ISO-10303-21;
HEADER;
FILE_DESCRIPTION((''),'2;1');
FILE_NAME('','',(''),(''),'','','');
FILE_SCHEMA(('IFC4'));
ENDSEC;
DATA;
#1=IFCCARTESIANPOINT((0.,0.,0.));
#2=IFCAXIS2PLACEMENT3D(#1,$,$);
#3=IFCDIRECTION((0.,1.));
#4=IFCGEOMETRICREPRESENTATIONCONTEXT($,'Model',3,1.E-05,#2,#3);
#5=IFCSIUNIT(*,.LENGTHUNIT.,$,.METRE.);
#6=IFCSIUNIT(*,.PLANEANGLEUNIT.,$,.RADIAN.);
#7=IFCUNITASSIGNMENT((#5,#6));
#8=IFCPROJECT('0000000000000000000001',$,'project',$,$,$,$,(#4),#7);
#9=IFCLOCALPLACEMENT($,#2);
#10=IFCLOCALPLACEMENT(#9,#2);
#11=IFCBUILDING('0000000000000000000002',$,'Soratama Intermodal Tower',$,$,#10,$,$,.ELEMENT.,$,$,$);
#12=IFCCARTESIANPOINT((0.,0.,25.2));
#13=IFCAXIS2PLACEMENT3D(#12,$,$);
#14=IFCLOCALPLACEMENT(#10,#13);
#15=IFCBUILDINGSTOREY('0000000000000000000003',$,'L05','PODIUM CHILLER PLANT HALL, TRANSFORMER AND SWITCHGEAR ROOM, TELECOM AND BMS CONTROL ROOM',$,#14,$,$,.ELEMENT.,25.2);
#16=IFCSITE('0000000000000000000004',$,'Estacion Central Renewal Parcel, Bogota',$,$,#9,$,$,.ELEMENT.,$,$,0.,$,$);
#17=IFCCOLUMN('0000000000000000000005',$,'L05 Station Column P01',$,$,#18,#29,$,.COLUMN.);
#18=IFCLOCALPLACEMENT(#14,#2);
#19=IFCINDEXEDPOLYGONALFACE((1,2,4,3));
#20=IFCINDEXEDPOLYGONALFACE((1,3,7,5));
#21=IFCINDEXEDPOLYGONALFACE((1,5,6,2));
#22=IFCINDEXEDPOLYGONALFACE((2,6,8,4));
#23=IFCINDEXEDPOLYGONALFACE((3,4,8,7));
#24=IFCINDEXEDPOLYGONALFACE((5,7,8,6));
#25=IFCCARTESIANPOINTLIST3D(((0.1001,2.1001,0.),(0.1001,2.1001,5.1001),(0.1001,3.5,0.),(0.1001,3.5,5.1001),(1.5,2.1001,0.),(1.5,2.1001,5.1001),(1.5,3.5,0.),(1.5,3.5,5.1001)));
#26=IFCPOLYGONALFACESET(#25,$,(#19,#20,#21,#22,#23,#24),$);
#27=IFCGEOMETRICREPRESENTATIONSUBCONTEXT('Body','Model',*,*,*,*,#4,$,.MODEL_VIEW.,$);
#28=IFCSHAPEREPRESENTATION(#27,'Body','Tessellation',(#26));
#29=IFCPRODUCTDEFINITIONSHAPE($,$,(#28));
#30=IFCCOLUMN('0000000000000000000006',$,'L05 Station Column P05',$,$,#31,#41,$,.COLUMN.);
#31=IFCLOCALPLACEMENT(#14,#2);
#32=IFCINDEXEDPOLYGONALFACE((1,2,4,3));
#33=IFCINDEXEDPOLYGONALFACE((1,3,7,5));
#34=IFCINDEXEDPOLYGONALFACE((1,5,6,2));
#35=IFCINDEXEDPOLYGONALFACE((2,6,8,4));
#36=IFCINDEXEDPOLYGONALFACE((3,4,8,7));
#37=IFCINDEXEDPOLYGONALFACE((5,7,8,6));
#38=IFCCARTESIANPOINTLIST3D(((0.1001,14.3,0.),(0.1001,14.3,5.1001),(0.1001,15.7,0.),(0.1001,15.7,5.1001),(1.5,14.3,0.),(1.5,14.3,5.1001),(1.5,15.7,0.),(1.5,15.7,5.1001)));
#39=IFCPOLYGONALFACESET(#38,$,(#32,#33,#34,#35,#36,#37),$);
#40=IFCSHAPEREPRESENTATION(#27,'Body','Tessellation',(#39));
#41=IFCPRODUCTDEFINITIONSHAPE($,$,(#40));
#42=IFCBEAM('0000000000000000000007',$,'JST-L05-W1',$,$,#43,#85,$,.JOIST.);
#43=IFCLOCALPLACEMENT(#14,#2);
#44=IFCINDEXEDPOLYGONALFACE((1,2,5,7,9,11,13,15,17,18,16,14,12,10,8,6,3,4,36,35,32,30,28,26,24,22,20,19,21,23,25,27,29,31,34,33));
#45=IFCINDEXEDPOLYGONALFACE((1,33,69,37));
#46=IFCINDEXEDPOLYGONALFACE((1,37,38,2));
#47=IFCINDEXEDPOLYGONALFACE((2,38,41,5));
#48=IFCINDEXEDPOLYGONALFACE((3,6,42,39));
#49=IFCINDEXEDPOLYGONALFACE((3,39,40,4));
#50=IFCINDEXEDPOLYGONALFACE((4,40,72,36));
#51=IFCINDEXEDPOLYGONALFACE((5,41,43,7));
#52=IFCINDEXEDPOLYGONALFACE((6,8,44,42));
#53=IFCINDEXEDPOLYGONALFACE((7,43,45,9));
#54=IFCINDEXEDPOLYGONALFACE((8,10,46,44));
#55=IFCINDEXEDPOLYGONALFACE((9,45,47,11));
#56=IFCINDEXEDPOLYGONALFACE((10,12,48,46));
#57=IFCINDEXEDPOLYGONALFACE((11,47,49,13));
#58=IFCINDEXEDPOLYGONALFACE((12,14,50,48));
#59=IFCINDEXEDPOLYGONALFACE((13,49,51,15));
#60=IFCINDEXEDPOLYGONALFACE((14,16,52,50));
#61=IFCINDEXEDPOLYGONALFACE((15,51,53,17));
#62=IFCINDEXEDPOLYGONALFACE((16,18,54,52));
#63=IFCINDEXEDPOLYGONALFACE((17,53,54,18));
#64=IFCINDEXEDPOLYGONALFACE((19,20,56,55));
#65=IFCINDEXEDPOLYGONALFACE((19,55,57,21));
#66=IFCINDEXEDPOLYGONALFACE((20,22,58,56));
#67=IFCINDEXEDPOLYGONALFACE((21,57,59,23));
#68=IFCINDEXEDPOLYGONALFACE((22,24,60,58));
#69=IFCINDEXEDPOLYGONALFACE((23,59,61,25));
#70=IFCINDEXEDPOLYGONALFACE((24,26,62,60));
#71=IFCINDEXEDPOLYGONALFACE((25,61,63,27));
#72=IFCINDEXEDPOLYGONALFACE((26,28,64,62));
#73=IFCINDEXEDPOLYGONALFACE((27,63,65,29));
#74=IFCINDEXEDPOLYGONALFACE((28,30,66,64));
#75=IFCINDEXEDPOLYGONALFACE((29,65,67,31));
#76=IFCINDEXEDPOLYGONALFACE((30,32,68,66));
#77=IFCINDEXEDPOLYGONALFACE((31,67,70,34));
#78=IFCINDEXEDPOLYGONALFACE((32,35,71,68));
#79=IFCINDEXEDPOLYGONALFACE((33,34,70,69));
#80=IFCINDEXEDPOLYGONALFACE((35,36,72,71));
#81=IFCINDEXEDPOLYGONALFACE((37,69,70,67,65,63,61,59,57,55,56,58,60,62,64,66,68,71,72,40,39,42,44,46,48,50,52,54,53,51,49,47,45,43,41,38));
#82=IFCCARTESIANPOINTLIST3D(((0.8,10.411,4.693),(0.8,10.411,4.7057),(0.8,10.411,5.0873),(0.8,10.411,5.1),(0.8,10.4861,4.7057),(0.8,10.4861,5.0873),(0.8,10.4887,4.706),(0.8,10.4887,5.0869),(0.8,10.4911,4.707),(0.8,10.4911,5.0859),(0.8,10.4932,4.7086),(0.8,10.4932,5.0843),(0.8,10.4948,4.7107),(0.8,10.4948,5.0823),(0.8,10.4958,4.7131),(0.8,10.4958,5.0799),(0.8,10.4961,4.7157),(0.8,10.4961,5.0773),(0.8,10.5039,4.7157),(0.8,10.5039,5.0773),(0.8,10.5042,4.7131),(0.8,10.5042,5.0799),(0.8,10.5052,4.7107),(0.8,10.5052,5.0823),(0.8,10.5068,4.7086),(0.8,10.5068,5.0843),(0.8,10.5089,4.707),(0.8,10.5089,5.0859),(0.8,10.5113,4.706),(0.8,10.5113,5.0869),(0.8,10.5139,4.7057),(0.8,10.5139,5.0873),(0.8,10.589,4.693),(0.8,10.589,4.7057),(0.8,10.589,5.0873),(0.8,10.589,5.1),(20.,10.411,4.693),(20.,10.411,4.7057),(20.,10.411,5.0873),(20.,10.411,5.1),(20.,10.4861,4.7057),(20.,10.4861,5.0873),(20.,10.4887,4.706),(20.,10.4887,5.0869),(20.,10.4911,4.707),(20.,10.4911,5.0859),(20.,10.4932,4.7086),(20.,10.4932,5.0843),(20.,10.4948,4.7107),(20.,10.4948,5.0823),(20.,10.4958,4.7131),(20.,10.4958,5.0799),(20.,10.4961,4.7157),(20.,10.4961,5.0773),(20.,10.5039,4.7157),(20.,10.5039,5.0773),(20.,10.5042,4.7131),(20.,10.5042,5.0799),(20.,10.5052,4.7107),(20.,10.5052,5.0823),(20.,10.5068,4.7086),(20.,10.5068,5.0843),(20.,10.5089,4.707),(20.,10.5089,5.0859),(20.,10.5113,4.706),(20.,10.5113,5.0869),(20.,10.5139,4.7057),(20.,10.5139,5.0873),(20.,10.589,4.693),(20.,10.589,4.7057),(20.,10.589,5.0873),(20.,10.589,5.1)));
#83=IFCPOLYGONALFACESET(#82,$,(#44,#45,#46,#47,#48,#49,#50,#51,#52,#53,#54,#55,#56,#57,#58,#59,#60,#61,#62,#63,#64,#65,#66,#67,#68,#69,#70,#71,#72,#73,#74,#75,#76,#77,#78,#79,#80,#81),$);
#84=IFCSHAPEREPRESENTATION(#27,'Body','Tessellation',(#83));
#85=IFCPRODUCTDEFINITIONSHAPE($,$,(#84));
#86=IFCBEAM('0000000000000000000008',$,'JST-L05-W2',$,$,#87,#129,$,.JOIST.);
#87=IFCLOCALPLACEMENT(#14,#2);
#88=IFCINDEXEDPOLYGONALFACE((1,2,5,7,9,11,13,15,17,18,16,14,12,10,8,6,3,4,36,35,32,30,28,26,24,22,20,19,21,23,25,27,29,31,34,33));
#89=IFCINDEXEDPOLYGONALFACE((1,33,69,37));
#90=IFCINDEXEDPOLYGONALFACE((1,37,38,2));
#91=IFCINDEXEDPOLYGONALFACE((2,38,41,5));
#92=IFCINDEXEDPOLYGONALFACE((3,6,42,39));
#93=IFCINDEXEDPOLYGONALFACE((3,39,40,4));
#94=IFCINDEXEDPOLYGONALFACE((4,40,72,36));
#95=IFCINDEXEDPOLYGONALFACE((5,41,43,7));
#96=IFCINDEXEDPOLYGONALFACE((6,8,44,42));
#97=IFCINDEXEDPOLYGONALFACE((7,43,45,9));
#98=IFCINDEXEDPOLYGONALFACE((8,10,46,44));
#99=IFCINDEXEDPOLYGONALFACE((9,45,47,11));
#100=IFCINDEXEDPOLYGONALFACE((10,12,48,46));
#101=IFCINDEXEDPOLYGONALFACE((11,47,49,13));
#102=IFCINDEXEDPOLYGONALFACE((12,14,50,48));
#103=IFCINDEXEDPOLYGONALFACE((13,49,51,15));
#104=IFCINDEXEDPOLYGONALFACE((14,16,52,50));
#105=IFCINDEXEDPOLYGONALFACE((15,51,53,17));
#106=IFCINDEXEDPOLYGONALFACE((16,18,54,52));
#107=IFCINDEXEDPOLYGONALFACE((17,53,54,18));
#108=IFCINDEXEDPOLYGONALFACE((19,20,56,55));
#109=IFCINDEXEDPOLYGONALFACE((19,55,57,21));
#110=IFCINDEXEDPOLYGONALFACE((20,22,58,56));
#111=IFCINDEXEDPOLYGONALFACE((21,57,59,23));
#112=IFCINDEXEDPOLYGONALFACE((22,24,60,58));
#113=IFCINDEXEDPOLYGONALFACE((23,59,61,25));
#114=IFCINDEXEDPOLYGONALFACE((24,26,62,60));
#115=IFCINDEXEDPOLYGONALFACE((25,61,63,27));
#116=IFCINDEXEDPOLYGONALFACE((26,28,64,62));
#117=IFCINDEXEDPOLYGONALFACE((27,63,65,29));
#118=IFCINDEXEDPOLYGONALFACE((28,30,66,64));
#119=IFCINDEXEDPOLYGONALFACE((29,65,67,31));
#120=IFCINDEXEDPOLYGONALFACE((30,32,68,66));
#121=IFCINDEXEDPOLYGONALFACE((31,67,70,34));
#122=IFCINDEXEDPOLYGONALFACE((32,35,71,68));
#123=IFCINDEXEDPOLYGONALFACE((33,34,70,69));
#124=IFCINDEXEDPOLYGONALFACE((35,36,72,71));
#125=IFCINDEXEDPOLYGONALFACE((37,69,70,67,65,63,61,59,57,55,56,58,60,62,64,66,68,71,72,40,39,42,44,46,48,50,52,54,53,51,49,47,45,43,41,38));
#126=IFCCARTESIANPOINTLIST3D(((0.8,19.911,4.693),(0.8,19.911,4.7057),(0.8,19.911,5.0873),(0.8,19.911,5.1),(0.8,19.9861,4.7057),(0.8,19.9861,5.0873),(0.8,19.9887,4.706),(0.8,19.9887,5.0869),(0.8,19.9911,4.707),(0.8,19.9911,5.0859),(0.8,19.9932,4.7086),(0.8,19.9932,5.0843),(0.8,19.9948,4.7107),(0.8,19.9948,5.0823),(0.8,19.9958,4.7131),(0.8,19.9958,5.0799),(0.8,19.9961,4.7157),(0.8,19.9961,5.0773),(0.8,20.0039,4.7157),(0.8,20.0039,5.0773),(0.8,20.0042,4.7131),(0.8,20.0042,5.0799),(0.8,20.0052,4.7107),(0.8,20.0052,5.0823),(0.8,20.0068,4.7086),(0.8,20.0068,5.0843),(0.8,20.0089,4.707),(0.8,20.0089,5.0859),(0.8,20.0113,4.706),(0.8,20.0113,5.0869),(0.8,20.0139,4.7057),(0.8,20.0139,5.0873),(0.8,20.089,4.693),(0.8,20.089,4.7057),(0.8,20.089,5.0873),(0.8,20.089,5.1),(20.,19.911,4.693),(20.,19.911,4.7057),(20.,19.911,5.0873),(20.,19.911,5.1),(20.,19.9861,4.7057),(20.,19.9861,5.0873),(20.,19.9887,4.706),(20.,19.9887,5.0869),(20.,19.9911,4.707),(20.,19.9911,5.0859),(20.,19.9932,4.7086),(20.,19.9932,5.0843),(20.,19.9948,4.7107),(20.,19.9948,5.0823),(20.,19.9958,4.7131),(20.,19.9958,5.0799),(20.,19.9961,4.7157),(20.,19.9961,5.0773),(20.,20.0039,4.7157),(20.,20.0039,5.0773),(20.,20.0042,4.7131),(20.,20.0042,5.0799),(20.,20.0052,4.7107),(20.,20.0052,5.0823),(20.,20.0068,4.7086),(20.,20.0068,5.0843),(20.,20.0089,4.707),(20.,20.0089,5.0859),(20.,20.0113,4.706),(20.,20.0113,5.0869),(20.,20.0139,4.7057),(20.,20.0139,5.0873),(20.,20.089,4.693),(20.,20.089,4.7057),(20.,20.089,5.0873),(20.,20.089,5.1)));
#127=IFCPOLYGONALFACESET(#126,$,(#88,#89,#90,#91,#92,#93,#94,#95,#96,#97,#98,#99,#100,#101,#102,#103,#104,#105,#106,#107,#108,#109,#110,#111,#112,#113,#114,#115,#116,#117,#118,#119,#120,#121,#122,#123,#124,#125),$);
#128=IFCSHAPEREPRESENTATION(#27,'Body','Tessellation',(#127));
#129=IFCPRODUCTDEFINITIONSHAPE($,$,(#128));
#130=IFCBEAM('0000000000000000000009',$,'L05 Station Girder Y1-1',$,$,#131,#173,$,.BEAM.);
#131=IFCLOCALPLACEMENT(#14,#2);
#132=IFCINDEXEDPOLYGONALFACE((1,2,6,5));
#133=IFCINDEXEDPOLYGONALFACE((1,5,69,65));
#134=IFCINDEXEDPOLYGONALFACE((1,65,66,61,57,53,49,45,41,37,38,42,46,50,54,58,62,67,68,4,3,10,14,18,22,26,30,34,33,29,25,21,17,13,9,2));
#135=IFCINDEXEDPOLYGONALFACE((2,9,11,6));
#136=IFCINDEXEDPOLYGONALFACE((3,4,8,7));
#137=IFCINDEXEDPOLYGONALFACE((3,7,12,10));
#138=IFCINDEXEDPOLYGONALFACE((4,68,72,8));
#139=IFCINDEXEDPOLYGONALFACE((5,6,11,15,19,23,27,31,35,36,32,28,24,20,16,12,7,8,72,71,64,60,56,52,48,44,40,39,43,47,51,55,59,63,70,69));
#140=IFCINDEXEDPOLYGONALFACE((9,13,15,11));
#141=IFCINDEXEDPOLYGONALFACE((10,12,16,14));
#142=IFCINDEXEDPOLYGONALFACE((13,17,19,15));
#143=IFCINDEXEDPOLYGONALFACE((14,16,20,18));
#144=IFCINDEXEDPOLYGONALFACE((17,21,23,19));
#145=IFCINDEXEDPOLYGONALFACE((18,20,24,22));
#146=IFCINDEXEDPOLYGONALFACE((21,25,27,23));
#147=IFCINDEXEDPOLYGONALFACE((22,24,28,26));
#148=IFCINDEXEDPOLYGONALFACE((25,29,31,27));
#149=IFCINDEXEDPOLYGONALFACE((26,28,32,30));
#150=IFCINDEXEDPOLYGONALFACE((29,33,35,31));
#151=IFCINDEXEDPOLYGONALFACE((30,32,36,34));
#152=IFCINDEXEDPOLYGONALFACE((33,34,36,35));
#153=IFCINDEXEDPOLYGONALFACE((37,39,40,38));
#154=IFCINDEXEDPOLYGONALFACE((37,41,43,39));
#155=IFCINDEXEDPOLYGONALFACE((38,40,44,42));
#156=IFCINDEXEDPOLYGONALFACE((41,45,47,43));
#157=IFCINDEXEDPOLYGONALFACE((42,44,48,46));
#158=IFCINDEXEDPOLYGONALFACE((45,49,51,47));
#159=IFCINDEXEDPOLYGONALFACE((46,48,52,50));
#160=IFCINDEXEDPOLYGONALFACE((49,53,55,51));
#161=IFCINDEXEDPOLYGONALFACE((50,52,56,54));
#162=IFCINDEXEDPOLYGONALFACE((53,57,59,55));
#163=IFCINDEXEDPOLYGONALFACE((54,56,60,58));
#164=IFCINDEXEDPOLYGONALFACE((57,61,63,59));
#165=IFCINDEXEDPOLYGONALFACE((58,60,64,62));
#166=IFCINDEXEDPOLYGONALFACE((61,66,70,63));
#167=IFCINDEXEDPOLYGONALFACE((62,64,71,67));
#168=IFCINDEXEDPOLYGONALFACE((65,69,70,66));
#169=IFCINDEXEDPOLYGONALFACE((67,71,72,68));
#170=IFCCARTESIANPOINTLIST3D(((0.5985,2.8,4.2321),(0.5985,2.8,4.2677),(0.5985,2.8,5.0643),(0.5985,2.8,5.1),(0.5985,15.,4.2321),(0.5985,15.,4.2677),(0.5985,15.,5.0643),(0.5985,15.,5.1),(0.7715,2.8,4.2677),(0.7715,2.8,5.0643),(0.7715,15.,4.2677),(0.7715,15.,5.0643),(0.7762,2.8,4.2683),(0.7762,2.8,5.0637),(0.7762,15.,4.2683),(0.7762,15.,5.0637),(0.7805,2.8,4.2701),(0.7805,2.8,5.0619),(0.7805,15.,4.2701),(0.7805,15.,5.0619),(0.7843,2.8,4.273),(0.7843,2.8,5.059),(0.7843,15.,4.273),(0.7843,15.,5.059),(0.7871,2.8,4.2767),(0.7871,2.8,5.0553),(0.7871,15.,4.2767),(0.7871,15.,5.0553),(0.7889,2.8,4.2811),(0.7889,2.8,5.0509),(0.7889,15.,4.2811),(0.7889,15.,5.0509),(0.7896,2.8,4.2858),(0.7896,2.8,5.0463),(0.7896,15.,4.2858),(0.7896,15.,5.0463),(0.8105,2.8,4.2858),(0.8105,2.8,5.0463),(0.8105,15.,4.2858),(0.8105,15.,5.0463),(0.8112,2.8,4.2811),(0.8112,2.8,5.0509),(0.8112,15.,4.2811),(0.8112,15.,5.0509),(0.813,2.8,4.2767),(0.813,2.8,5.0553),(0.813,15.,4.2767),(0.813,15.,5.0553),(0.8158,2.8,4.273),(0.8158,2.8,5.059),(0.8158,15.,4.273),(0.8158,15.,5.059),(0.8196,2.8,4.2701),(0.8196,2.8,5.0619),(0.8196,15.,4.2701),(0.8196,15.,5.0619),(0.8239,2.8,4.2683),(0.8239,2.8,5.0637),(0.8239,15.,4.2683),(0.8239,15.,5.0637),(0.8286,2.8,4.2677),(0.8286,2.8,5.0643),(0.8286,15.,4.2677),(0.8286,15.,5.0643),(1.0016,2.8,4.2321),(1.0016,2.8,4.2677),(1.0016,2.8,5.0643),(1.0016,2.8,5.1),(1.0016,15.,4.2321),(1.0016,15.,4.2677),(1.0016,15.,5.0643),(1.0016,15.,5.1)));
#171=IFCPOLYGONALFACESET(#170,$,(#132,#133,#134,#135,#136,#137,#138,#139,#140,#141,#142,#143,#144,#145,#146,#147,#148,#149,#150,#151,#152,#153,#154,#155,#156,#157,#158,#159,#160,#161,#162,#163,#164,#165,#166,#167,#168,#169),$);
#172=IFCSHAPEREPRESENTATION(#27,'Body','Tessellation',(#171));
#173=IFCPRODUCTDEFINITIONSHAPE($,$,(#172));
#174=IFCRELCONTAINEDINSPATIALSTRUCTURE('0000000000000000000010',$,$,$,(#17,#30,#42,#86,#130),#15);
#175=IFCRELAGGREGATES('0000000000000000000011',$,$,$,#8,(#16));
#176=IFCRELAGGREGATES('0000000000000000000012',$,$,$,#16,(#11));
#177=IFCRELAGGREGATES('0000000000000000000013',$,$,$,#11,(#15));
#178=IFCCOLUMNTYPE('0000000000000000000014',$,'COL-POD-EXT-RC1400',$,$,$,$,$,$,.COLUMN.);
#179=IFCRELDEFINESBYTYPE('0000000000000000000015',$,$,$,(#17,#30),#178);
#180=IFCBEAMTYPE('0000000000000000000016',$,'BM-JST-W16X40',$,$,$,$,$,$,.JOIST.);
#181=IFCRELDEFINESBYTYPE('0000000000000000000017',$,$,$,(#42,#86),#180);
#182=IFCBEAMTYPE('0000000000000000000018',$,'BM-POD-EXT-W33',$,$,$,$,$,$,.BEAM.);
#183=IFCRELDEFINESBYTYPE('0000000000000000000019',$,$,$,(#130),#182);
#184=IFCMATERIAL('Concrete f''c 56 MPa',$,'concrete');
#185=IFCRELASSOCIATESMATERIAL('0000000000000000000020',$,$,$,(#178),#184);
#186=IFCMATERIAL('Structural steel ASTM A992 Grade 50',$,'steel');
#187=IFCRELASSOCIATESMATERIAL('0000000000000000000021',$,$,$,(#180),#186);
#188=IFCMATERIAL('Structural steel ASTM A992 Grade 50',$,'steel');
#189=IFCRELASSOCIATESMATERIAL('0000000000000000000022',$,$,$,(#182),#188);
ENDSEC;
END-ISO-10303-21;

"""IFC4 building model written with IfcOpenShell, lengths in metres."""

from ifc_helpers import new_model, si_unit, direction, frame, origin, origin_2d, place, context, subcontext, project, spatial, rectangle, i_section, extrude, material, material_profile, profile_set, type_object, element, save


model = new_model("IFC4")

# Units and contexts
model_context = context("Model", 3, precision=1e-05, world=origin(), true_north=direction((0.0, 1.0)))
body_context = subcontext(model_context, "Body", "Model", "MODEL_VIEW")
ifc_project = project(units=[si_unit("LENGTHUNIT", "METRE"), si_unit("PLANEANGLEUNIT", "RADIAN")], contexts=[model_context])

# Site, building, storey
site_placement = place(None, origin())
site = spatial("IfcSite", under=ifc_project, at=site_placement, Name="Estacion Central Renewal Parcel, Bogota", CompositionType="ELEMENT", RefElevation=0.0)
building_placement = place(site_placement, origin())
building = spatial("IfcBuilding", under=site, at=building_placement, Name="Soratama Intermodal Tower", CompositionType="ELEMENT")
storey_placement = place(building_placement, frame((0.0, 0.0, 25.2)))
storey = spatial("IfcBuildingStorey", under=building, at=storey_placement, Name="L05", Description="PODIUM CHILLER PLANT HALL, TRANSFORMER AND SWITCHGEAR ROOM, TELECOM AND BMS CONTROL ROOM", CompositionType="ELEMENT", Elevation=25.2)

# Columns
ifc_material_1 = material(Name="Concrete f'c 56 MPa", Category="concrete")
ifc_material_profile_1 = material_profile(ifc_material_1, rectangle(XDim=1.3999, YDim=1.3999, at=origin_2d()), Name="RC1400X1400")
ifc_profile_set_1 = profile_set([ifc_material_profile_1], Name="Concrete f'c 56 MPa")
column_type = type_object("IfcColumnType", Name="COL-POD-EXT-RC1400", PredefinedType="COLUMN", material=ifc_profile_set_1)
for number, where, z_axis, x_axis, name in (
    (1, (0.8, 2.8, 0.0), (0.0, 0.0, 1.0), (1.0, 0.0, 0.0), "L05 Station Column P01"),
    (2, (0.8, 15.0, 0.0), (0.0, 0.0, 1.0), (1.0, 0.0, 0.0), "L05 Station Column P05"),
):
    element("IfcColumn", number, at=place(storey_placement, frame(where, z_axis=z_axis, x_axis=x_axis)), inside=storey, type_object=column_type, Name=name, PredefinedType="COLUMN", context=body_context, shape_type="SweptSolid", body=[
        extrude(rectangle(XDim=1.3999, YDim=1.3999, at=origin_2d()), origin(), (0.0, 0.0, 1.0), 5.1001),
    ])

# Beams
ifc_material_2 = material(Name="Structural steel ASTM A992 Grade 50", Category="steel")
ifc_material_profile_2 = material_profile(ifc_material_2, i_section(OverallWidth=0.178, OverallDepth=0.407, WebThickness=0.0078, FlangeThickness=0.0127, FilletRadius=0.01, at=origin_2d()), Name="W16X40")
ifc_profile_set_2 = profile_set([ifc_material_profile_2], Name="Structural steel ASTM A992 Grade 50")
beam_type_1 = type_object("IfcBeamType", Name="BM-JST-W16X40", PredefinedType="JOIST", material=ifc_profile_set_2)
for number, where, z_axis, x_axis, name in (
    (3, (0.8, 10.5, 4.8965), (1.0, 0.0, 0.0), (0.0, 1.0, 0.0), "JST-L05-W1"),
    (4, (0.8, 20.0, 4.8965), (1.0, 0.0, 0.0), (0.0, 1.0, 0.0), "JST-L05-W2"),
):
    element("IfcBeam", number, at=place(storey_placement, frame(where, z_axis=z_axis, x_axis=x_axis)), inside=storey, type_object=beam_type_1, Name=name, PredefinedType="JOIST", context=body_context, shape_type="SweptSolid", body=[
        extrude(i_section(OverallWidth=0.178, OverallDepth=0.407, WebThickness=0.0078, FlangeThickness=0.0127, FilletRadius=0.01, at=origin_2d()), origin(), (0.0, 0.0, 1.0), 19.2),
    ])
ifc_material_3 = material(Name="Structural steel ASTM A992 Grade 50", Category="steel")
ifc_material_profile_3 = material_profile(ifc_material_3, i_section(OverallWidth=0.4031, OverallDepth=0.8679, WebThickness=0.021, FlangeThickness=0.0356, FilletRadius=0.0181, at=origin_2d()), Name="W33X241")
ifc_profile_set_3 = profile_set([ifc_material_profile_3], Name="Structural steel ASTM A992 Grade 50")
beam_type_2 = type_object("IfcBeamType", Name="BM-POD-EXT-W33", PredefinedType="BEAM", material=ifc_profile_set_3)
beam_1_placement = place(storey_placement, frame((0.8, 2.8, 4.666), z_axis=(0.0, 1.0, 0.0), x_axis=(-1.0, 0.0, 0.0)))
element("IfcBeam", 5, at=beam_1_placement, inside=storey, type_object=beam_type_2, Name="L05 Station Girder Y1-1", PredefinedType="BEAM", context=body_context, shape_type="SweptSolid", body=[
    extrude(i_section(OverallWidth=0.4031, OverallDepth=0.8679, WebThickness=0.021, FlangeThickness=0.0356, FilletRadius=0.0181, at=origin_2d()), origin(), (0.0, 0.0, 1.0), 12.2),
])

save(model, "model.ifc")
